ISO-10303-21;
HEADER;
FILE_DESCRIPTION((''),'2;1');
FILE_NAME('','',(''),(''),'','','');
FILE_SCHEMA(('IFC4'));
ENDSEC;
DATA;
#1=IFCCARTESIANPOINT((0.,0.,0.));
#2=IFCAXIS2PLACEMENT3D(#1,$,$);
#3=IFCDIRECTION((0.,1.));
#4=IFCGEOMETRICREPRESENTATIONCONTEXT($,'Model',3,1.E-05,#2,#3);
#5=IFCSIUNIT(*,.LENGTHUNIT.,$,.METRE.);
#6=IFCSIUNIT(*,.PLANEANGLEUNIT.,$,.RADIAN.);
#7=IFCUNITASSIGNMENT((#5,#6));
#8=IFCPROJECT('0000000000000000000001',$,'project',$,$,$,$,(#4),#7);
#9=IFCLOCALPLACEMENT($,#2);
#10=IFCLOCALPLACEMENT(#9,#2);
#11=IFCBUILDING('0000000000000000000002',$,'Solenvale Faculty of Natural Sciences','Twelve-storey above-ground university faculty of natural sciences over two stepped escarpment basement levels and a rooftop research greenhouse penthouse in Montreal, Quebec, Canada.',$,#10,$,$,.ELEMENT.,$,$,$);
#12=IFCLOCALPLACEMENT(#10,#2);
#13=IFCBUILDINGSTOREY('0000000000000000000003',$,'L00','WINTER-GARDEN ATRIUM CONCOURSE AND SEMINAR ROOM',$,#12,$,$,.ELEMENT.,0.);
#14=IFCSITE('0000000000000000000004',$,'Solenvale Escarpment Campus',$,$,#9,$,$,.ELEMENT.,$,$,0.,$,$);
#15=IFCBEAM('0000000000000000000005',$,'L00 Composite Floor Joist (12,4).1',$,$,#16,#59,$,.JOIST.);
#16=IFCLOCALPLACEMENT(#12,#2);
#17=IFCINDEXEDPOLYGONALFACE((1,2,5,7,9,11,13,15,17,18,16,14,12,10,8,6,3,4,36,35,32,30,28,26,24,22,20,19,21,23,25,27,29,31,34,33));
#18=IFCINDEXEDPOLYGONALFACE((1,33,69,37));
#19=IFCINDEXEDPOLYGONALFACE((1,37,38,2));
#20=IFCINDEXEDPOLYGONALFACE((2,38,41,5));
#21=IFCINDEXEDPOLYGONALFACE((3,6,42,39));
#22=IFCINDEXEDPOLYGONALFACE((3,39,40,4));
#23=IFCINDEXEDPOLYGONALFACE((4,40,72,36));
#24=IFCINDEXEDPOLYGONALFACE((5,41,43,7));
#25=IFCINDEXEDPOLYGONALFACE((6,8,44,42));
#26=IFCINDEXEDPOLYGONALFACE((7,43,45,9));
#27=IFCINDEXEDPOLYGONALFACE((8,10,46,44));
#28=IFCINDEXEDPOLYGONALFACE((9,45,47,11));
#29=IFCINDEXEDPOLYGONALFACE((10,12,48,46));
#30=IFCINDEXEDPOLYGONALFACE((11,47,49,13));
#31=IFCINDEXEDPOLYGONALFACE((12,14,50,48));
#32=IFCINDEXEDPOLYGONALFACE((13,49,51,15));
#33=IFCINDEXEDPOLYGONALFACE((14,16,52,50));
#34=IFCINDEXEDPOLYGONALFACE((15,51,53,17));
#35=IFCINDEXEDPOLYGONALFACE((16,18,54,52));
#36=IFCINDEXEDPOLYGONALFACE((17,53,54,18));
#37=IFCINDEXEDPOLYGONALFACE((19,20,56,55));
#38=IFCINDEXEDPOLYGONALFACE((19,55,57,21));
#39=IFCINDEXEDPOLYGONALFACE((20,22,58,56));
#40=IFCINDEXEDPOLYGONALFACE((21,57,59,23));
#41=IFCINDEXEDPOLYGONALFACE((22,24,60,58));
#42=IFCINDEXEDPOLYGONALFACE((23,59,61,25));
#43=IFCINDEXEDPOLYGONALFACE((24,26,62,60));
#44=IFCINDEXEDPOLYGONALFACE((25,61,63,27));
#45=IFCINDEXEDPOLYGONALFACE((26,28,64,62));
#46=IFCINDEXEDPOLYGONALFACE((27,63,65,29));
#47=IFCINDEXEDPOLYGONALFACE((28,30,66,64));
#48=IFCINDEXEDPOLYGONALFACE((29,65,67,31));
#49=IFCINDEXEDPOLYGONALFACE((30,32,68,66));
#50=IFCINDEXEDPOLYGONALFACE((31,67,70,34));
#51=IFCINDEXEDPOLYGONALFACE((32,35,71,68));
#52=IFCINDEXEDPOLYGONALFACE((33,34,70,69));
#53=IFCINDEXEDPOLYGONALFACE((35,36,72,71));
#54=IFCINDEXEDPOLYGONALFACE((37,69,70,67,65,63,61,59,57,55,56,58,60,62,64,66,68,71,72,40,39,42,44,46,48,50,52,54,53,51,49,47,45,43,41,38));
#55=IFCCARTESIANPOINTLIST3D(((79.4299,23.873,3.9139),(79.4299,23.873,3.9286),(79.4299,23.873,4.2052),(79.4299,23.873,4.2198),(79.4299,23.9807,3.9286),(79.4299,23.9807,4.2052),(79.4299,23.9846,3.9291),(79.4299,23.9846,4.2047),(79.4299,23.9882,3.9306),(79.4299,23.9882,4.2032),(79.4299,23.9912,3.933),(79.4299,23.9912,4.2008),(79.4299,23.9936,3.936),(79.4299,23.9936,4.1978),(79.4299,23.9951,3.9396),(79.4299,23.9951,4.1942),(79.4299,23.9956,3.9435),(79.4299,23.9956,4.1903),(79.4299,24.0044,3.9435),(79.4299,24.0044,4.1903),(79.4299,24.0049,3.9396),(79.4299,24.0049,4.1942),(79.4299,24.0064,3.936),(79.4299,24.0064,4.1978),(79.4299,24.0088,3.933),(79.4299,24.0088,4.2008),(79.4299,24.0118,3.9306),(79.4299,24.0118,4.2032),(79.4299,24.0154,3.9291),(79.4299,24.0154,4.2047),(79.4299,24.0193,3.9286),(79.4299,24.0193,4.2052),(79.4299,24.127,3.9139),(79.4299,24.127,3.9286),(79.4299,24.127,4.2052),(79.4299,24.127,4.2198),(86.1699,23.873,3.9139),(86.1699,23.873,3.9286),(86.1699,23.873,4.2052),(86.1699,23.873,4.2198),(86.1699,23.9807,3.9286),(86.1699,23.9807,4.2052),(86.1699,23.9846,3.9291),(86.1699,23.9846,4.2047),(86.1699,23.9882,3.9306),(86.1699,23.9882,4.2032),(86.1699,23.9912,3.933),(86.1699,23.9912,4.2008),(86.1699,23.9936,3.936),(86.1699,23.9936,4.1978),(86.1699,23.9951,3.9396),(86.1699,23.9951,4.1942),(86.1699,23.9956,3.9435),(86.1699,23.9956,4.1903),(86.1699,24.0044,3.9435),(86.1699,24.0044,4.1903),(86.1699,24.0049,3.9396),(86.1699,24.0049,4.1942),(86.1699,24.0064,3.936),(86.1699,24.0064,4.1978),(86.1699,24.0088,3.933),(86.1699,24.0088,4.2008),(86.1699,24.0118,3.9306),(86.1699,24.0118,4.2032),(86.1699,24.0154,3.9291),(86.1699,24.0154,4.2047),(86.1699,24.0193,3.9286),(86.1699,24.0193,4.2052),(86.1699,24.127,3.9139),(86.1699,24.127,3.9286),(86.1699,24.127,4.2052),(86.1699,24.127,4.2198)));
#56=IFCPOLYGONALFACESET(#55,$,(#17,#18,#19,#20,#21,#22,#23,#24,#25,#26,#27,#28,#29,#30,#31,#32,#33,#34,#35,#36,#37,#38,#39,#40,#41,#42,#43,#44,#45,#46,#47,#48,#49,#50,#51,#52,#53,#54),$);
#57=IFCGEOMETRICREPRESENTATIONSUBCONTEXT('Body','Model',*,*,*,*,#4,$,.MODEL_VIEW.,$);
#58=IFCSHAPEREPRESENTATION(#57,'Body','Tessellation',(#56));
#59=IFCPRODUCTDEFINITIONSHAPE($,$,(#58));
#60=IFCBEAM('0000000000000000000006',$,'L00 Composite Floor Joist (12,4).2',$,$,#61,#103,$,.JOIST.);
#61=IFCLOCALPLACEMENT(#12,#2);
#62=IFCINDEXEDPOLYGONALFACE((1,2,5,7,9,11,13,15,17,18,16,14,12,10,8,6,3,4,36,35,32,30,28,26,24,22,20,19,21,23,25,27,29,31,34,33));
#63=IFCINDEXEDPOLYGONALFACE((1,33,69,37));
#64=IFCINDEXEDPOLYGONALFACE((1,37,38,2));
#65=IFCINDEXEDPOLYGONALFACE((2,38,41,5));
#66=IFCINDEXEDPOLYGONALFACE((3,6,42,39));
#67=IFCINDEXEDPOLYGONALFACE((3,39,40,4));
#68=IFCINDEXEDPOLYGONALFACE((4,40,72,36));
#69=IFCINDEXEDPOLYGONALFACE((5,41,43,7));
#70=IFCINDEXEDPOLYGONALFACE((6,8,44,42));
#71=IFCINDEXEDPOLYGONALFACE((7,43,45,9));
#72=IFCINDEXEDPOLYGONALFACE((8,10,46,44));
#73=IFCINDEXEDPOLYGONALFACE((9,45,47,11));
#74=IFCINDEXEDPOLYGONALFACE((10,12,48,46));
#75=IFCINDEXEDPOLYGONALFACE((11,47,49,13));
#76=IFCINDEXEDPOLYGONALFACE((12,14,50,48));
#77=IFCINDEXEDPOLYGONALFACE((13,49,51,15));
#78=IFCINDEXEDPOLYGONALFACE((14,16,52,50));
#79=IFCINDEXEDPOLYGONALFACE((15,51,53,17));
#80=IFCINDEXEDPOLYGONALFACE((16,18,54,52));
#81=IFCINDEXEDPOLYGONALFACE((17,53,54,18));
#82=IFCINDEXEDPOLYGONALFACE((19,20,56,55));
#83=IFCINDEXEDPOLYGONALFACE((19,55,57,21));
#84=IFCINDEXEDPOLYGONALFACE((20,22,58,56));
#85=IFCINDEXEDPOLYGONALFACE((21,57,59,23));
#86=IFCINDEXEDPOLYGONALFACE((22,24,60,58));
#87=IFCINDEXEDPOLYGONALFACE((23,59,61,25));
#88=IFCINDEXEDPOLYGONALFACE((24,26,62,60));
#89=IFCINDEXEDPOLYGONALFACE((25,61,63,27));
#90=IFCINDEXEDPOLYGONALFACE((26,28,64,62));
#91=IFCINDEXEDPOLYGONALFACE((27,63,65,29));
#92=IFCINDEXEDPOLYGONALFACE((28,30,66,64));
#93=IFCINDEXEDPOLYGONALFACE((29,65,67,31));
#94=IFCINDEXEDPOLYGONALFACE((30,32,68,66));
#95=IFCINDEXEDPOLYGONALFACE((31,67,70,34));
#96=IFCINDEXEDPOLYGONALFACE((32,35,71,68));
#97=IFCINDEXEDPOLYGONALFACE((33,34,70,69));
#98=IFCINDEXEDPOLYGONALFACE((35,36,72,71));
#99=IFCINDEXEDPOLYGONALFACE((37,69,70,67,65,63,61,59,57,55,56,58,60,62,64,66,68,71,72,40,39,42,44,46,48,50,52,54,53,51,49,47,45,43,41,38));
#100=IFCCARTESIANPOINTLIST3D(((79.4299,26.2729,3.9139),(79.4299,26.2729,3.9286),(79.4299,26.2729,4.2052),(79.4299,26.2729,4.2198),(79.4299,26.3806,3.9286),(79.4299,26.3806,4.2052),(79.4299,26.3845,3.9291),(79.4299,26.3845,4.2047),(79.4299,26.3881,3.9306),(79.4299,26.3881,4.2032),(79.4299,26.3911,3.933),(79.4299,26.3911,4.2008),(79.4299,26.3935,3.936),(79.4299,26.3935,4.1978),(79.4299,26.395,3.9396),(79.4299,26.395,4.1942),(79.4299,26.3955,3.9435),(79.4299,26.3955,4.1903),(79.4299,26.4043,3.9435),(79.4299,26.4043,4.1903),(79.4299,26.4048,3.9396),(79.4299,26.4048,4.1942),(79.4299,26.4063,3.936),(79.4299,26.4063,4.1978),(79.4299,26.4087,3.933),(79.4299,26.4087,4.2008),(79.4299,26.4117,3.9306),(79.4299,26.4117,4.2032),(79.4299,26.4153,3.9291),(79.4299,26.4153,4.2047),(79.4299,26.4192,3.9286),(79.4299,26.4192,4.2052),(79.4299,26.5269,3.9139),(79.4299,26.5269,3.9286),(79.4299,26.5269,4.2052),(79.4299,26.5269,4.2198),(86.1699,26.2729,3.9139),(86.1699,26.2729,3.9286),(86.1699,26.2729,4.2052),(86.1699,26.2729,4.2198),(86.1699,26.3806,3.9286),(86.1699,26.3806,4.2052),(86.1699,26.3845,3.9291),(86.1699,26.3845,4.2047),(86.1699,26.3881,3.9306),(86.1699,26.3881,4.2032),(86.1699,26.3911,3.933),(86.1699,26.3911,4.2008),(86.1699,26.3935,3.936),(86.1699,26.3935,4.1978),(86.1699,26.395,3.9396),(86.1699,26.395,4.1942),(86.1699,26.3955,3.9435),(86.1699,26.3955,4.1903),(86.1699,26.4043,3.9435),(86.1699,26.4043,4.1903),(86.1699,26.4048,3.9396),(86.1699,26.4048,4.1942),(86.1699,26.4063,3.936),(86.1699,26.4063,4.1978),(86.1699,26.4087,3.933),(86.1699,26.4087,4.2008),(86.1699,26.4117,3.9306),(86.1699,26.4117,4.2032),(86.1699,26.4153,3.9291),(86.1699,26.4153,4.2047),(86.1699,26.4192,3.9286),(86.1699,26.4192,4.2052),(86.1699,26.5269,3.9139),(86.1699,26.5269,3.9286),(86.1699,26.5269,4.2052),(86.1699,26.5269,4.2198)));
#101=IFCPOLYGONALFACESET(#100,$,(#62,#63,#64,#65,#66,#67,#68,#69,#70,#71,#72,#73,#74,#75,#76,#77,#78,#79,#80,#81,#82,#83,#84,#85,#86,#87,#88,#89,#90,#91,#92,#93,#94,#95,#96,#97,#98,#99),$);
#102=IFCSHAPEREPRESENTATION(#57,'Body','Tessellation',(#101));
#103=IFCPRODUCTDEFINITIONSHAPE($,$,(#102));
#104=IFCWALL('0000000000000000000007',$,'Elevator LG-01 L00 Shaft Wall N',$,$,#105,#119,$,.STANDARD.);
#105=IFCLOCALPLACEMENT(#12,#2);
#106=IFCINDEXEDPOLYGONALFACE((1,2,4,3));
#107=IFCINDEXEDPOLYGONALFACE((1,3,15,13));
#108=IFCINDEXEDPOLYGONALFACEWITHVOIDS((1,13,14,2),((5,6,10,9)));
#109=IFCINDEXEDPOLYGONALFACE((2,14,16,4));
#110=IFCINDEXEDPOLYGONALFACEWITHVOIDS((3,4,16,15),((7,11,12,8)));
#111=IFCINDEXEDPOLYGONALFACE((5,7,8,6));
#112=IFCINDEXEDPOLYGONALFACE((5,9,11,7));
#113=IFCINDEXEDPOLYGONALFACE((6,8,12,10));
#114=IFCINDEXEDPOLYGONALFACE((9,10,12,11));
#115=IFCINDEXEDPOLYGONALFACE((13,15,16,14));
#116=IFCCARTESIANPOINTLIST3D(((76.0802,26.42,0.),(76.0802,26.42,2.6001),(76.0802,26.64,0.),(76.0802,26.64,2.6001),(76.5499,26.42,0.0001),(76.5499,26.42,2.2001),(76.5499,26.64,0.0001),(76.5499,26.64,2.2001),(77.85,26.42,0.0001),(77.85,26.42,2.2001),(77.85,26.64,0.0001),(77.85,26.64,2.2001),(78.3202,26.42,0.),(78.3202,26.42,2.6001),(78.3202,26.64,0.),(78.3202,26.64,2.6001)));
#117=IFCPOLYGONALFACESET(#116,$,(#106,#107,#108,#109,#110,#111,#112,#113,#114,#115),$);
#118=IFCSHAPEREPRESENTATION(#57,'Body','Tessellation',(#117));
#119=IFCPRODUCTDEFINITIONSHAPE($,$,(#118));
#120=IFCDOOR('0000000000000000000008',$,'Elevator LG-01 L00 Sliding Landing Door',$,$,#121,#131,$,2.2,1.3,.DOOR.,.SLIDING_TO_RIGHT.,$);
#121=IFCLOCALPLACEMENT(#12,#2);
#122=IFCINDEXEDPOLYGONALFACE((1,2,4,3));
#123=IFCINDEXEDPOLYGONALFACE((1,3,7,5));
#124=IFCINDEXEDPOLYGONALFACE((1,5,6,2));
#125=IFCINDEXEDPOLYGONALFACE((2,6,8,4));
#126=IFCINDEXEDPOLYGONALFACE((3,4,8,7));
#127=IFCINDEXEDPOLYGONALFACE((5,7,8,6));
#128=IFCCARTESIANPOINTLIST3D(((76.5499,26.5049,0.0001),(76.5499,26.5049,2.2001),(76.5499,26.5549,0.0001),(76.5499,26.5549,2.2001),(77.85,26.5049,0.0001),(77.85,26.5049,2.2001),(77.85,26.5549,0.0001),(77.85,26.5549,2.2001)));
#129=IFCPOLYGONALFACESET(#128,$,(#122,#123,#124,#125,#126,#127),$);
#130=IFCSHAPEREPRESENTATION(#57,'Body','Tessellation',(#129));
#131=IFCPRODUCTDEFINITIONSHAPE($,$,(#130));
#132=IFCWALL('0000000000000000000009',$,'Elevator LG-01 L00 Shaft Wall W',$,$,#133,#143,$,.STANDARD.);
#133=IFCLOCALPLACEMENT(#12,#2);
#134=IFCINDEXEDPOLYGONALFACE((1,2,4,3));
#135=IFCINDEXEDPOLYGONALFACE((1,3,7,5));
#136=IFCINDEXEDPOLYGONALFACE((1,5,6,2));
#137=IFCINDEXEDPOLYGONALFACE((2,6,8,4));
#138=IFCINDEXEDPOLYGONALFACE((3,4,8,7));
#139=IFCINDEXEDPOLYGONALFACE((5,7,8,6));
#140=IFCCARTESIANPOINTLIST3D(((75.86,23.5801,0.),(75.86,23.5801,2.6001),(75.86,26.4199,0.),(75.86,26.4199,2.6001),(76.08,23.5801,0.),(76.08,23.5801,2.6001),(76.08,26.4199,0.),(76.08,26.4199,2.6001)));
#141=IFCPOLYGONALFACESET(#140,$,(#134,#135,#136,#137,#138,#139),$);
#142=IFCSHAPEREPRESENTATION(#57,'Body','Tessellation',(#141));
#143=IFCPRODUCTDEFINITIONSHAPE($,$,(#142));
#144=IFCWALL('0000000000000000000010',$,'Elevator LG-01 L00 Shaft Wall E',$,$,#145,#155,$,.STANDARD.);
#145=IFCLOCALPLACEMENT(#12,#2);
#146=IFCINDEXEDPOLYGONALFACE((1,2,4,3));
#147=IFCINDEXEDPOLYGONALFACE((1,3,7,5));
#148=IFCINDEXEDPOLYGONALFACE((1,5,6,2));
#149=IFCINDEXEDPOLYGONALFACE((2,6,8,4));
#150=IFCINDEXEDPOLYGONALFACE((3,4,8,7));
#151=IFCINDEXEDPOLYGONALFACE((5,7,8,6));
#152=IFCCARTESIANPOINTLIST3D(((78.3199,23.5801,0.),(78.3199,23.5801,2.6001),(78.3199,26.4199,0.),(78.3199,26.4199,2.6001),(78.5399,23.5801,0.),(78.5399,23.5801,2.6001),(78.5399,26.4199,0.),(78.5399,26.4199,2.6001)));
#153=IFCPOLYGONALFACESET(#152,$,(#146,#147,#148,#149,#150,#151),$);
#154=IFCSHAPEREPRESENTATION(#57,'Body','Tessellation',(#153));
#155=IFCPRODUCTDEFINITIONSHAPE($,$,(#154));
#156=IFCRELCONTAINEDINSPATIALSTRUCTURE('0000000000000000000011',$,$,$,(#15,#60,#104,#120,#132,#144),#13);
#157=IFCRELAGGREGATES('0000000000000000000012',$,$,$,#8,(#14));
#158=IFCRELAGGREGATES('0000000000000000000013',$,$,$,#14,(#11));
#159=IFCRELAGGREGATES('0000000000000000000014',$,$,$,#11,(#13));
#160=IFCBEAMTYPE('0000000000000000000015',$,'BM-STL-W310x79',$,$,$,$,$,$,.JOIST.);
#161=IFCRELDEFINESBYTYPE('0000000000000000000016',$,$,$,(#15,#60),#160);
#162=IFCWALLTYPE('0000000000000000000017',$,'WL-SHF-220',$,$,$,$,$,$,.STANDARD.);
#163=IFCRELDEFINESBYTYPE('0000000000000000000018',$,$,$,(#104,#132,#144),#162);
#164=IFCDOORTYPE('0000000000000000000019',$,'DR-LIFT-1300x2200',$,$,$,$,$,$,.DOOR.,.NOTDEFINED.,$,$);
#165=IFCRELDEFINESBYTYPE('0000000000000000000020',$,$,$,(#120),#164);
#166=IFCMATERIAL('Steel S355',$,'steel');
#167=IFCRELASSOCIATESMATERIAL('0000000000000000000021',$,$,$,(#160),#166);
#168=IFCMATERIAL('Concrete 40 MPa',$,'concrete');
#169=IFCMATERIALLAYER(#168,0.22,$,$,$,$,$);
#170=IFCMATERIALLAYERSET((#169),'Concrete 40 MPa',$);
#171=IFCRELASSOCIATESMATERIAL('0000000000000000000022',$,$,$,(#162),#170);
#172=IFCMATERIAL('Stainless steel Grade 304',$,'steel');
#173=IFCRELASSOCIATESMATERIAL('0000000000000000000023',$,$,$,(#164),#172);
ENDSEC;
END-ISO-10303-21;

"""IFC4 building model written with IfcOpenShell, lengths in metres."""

from ifc_helpers import new_model, si_unit, direction, frame, frame_2d, origin, origin_2d, place, context, subcontext, project, spatial, rectangle, i_section, extrude, material, layer, layer_set, material_profile, profile_set, type_object, element, fill, save


model = new_model("IFC4")

# Units and contexts
model_context = context("Model", 3, precision=1e-05, world=origin(), true_north=direction((0.0, 1.0)))
body_context = subcontext(model_context, "Body", "Model", "MODEL_VIEW")
ifc_project = project(units=[si_unit("LENGTHUNIT", "METRE"), si_unit("PLANEANGLEUNIT", "RADIAN")], contexts=[model_context])

# Site, building, storey
site_placement = place(None, origin())
site = spatial("IfcSite", under=ifc_project, at=site_placement, Name="Solenvale Escarpment Campus", CompositionType="ELEMENT", RefElevation=0.0)
building_placement = place(site_placement, origin())
building = spatial("IfcBuilding", under=site, at=building_placement, Name="Solenvale Faculty of Natural Sciences", Description="Twelve-storey above-ground university faculty of natural sciences over two stepped escarpment basement levels and a rooftop research greenhouse penthouse in Montreal, Quebec, Canada.", CompositionType="ELEMENT")
storey_placement = place(building_placement, origin())
storey = spatial("IfcBuildingStorey", under=building, at=storey_placement, Name="L00", Description="WINTER-GARDEN ATRIUM CONCOURSE AND SEMINAR ROOM", CompositionType="ELEMENT", Elevation=0.0)

# Beams
ifc_material_1 = material(Name="Concrete 40 MPa", Category="concrete")
ifc_material_2 = material(Name="Steel S355", Category="steel")
ifc_material_profile_1 = material_profile(ifc_material_2, i_section(OverallWidth=0.2539, OverallDepth=0.3059, WebThickness=0.0088, FlangeThickness=0.0146, FilletRadius=0.0149, at=origin_2d()), Name="W310x79")
ifc_profile_set_1 = profile_set([ifc_material_profile_1], Name="Steel S355")
beam_type_1 = type_object("IfcBeamType", Name="BM-STL-W310x79", PredefinedType="JOIST", material=ifc_profile_set_1)
for number, where, z_axis, x_axis, name in (
    (1, (79.4299, 24.0, 4.0669), (1.0, 0.0, 0.0), (0.0, 1.0, 0.0), "L00 Composite Floor Joist (12,4).1"),
    (2, (79.4299, 26.3999, 4.0669), (1.0, 0.0, 0.0), (0.0, 1.0, 0.0), "L00 Composite Floor Joist (12,4).2"),
):
    element("IfcBeam", number, at=place(storey_placement, frame(where, z_axis=z_axis, x_axis=x_axis)), inside=storey, type_object=beam_type_1, Name=name, PredefinedType="JOIST", context=body_context, shape_type="SweptSolid", body=[
        extrude(i_section(OverallWidth=0.2539, OverallDepth=0.3059, WebThickness=0.0088, FlangeThickness=0.0146, FilletRadius=0.0149, at=origin_2d()), origin(), (0.0, 0.0, 1.0), 6.74),
    ])

# Wall, opening, door
ifc_layer_1 = layer(ifc_material_1, 0.22)
ifc_layer_set_1 = layer_set([ifc_layer_1], Name="Concrete 40 MPa")
wall_type_1 = type_object("IfcWallType", Name="WL-SHF-220", PredefinedType="STANDARD", material=ifc_layer_set_1)
wall_1_placement = place(storey_placement, frame((76.0801, 26.53, 0.0), z_axis=(0.0, 0.0, 1.0), x_axis=(1.0, 0.0, 0.0)))
wall_1 = element("IfcWall", 3, at=wall_1_placement, inside=storey, type_object=wall_type_1, Name="Elevator LG-01 L00 Shaft Wall N", PredefinedType="STANDARD", context=body_context, shape_type="SweptSolid", body=[
    extrude(rectangle(XDim=2.24, YDim=0.22, at=frame_2d((1.1201, 0.0))), origin(), (0.0, 0.0, 1.0), 2.6001),
])
opening_1_placement = place(wall_1_placement, frame((0.47, 0.0, 0.0)))
opening_1 = element("IfcOpeningElement", 4, at=opening_1_placement, cuts=wall_1, PredefinedType="OPENING", context=body_context, shape_type="SweptSolid", body=[
    extrude(rectangle(XDim=1.3, YDim=2.2, at=frame_2d((0.6499, 1.1001))), frame((0.0, 0.1199, 0.0), z_axis=(0.0, -1.0, 0.0), x_axis=(1.0, 0.0, 0.0)), (0.0, 0.0, 1.0), 0.24),
])
ifc_material_3 = material(Name="Stainless steel Grade 304", Category="steel")
door_type_1 = type_object("IfcDoorType", Name="DR-LIFT-1300x2200", OperationType="NOTDEFINED", PredefinedType="DOOR", material=ifc_material_3)
door_1_placement = place(opening_1_placement, origin())
door_1 = element("IfcDoor", 5, at=door_1_placement, inside=storey, type_object=door_type_1, Name="Elevator LG-01 L00 Sliding Landing Door", OperationType="SLIDING_TO_RIGHT", OverallHeight=2.2, OverallWidth=1.3, PredefinedType="DOOR", context=body_context, shape_type="SweptSolid", body=[
    extrude(rectangle(XDim=1.3, YDim=2.2, at=frame_2d((0.6499, 1.1001))), frame((0.0, 0.0249, 0.0), z_axis=(0.0, -1.0, 0.0), x_axis=(1.0, 0.0, 0.0)), (0.0, 0.0, 1.0), 0.05),
])
fill(opening_1, door_1)

# Walls
for number, where, z_axis, x_axis, name in (
    (6, (75.97, 23.5801, 0.0), (0.0, 0.0, 1.0), (0.0, 1.0, 0.0), "Elevator LG-01 L00 Shaft Wall W"),
    (7, (78.4299, 23.5801, 0.0), (0.0, 0.0, 1.0), (0.0, 1.0, 0.0), "Elevator LG-01 L00 Shaft Wall E"),
):
    element("IfcWall", number, at=place(storey_placement, frame(where, z_axis=z_axis, x_axis=x_axis)), inside=storey, type_object=wall_type_1, Name=name, PredefinedType="STANDARD", context=body_context, shape_type="SweptSolid", body=[
        extrude(rectangle(XDim=2.8398, YDim=0.22, at=frame_2d((1.4199, 0.0))), origin(), (0.0, 0.0, 1.0), 2.6001),
    ])

save(model, "model.ifc")
